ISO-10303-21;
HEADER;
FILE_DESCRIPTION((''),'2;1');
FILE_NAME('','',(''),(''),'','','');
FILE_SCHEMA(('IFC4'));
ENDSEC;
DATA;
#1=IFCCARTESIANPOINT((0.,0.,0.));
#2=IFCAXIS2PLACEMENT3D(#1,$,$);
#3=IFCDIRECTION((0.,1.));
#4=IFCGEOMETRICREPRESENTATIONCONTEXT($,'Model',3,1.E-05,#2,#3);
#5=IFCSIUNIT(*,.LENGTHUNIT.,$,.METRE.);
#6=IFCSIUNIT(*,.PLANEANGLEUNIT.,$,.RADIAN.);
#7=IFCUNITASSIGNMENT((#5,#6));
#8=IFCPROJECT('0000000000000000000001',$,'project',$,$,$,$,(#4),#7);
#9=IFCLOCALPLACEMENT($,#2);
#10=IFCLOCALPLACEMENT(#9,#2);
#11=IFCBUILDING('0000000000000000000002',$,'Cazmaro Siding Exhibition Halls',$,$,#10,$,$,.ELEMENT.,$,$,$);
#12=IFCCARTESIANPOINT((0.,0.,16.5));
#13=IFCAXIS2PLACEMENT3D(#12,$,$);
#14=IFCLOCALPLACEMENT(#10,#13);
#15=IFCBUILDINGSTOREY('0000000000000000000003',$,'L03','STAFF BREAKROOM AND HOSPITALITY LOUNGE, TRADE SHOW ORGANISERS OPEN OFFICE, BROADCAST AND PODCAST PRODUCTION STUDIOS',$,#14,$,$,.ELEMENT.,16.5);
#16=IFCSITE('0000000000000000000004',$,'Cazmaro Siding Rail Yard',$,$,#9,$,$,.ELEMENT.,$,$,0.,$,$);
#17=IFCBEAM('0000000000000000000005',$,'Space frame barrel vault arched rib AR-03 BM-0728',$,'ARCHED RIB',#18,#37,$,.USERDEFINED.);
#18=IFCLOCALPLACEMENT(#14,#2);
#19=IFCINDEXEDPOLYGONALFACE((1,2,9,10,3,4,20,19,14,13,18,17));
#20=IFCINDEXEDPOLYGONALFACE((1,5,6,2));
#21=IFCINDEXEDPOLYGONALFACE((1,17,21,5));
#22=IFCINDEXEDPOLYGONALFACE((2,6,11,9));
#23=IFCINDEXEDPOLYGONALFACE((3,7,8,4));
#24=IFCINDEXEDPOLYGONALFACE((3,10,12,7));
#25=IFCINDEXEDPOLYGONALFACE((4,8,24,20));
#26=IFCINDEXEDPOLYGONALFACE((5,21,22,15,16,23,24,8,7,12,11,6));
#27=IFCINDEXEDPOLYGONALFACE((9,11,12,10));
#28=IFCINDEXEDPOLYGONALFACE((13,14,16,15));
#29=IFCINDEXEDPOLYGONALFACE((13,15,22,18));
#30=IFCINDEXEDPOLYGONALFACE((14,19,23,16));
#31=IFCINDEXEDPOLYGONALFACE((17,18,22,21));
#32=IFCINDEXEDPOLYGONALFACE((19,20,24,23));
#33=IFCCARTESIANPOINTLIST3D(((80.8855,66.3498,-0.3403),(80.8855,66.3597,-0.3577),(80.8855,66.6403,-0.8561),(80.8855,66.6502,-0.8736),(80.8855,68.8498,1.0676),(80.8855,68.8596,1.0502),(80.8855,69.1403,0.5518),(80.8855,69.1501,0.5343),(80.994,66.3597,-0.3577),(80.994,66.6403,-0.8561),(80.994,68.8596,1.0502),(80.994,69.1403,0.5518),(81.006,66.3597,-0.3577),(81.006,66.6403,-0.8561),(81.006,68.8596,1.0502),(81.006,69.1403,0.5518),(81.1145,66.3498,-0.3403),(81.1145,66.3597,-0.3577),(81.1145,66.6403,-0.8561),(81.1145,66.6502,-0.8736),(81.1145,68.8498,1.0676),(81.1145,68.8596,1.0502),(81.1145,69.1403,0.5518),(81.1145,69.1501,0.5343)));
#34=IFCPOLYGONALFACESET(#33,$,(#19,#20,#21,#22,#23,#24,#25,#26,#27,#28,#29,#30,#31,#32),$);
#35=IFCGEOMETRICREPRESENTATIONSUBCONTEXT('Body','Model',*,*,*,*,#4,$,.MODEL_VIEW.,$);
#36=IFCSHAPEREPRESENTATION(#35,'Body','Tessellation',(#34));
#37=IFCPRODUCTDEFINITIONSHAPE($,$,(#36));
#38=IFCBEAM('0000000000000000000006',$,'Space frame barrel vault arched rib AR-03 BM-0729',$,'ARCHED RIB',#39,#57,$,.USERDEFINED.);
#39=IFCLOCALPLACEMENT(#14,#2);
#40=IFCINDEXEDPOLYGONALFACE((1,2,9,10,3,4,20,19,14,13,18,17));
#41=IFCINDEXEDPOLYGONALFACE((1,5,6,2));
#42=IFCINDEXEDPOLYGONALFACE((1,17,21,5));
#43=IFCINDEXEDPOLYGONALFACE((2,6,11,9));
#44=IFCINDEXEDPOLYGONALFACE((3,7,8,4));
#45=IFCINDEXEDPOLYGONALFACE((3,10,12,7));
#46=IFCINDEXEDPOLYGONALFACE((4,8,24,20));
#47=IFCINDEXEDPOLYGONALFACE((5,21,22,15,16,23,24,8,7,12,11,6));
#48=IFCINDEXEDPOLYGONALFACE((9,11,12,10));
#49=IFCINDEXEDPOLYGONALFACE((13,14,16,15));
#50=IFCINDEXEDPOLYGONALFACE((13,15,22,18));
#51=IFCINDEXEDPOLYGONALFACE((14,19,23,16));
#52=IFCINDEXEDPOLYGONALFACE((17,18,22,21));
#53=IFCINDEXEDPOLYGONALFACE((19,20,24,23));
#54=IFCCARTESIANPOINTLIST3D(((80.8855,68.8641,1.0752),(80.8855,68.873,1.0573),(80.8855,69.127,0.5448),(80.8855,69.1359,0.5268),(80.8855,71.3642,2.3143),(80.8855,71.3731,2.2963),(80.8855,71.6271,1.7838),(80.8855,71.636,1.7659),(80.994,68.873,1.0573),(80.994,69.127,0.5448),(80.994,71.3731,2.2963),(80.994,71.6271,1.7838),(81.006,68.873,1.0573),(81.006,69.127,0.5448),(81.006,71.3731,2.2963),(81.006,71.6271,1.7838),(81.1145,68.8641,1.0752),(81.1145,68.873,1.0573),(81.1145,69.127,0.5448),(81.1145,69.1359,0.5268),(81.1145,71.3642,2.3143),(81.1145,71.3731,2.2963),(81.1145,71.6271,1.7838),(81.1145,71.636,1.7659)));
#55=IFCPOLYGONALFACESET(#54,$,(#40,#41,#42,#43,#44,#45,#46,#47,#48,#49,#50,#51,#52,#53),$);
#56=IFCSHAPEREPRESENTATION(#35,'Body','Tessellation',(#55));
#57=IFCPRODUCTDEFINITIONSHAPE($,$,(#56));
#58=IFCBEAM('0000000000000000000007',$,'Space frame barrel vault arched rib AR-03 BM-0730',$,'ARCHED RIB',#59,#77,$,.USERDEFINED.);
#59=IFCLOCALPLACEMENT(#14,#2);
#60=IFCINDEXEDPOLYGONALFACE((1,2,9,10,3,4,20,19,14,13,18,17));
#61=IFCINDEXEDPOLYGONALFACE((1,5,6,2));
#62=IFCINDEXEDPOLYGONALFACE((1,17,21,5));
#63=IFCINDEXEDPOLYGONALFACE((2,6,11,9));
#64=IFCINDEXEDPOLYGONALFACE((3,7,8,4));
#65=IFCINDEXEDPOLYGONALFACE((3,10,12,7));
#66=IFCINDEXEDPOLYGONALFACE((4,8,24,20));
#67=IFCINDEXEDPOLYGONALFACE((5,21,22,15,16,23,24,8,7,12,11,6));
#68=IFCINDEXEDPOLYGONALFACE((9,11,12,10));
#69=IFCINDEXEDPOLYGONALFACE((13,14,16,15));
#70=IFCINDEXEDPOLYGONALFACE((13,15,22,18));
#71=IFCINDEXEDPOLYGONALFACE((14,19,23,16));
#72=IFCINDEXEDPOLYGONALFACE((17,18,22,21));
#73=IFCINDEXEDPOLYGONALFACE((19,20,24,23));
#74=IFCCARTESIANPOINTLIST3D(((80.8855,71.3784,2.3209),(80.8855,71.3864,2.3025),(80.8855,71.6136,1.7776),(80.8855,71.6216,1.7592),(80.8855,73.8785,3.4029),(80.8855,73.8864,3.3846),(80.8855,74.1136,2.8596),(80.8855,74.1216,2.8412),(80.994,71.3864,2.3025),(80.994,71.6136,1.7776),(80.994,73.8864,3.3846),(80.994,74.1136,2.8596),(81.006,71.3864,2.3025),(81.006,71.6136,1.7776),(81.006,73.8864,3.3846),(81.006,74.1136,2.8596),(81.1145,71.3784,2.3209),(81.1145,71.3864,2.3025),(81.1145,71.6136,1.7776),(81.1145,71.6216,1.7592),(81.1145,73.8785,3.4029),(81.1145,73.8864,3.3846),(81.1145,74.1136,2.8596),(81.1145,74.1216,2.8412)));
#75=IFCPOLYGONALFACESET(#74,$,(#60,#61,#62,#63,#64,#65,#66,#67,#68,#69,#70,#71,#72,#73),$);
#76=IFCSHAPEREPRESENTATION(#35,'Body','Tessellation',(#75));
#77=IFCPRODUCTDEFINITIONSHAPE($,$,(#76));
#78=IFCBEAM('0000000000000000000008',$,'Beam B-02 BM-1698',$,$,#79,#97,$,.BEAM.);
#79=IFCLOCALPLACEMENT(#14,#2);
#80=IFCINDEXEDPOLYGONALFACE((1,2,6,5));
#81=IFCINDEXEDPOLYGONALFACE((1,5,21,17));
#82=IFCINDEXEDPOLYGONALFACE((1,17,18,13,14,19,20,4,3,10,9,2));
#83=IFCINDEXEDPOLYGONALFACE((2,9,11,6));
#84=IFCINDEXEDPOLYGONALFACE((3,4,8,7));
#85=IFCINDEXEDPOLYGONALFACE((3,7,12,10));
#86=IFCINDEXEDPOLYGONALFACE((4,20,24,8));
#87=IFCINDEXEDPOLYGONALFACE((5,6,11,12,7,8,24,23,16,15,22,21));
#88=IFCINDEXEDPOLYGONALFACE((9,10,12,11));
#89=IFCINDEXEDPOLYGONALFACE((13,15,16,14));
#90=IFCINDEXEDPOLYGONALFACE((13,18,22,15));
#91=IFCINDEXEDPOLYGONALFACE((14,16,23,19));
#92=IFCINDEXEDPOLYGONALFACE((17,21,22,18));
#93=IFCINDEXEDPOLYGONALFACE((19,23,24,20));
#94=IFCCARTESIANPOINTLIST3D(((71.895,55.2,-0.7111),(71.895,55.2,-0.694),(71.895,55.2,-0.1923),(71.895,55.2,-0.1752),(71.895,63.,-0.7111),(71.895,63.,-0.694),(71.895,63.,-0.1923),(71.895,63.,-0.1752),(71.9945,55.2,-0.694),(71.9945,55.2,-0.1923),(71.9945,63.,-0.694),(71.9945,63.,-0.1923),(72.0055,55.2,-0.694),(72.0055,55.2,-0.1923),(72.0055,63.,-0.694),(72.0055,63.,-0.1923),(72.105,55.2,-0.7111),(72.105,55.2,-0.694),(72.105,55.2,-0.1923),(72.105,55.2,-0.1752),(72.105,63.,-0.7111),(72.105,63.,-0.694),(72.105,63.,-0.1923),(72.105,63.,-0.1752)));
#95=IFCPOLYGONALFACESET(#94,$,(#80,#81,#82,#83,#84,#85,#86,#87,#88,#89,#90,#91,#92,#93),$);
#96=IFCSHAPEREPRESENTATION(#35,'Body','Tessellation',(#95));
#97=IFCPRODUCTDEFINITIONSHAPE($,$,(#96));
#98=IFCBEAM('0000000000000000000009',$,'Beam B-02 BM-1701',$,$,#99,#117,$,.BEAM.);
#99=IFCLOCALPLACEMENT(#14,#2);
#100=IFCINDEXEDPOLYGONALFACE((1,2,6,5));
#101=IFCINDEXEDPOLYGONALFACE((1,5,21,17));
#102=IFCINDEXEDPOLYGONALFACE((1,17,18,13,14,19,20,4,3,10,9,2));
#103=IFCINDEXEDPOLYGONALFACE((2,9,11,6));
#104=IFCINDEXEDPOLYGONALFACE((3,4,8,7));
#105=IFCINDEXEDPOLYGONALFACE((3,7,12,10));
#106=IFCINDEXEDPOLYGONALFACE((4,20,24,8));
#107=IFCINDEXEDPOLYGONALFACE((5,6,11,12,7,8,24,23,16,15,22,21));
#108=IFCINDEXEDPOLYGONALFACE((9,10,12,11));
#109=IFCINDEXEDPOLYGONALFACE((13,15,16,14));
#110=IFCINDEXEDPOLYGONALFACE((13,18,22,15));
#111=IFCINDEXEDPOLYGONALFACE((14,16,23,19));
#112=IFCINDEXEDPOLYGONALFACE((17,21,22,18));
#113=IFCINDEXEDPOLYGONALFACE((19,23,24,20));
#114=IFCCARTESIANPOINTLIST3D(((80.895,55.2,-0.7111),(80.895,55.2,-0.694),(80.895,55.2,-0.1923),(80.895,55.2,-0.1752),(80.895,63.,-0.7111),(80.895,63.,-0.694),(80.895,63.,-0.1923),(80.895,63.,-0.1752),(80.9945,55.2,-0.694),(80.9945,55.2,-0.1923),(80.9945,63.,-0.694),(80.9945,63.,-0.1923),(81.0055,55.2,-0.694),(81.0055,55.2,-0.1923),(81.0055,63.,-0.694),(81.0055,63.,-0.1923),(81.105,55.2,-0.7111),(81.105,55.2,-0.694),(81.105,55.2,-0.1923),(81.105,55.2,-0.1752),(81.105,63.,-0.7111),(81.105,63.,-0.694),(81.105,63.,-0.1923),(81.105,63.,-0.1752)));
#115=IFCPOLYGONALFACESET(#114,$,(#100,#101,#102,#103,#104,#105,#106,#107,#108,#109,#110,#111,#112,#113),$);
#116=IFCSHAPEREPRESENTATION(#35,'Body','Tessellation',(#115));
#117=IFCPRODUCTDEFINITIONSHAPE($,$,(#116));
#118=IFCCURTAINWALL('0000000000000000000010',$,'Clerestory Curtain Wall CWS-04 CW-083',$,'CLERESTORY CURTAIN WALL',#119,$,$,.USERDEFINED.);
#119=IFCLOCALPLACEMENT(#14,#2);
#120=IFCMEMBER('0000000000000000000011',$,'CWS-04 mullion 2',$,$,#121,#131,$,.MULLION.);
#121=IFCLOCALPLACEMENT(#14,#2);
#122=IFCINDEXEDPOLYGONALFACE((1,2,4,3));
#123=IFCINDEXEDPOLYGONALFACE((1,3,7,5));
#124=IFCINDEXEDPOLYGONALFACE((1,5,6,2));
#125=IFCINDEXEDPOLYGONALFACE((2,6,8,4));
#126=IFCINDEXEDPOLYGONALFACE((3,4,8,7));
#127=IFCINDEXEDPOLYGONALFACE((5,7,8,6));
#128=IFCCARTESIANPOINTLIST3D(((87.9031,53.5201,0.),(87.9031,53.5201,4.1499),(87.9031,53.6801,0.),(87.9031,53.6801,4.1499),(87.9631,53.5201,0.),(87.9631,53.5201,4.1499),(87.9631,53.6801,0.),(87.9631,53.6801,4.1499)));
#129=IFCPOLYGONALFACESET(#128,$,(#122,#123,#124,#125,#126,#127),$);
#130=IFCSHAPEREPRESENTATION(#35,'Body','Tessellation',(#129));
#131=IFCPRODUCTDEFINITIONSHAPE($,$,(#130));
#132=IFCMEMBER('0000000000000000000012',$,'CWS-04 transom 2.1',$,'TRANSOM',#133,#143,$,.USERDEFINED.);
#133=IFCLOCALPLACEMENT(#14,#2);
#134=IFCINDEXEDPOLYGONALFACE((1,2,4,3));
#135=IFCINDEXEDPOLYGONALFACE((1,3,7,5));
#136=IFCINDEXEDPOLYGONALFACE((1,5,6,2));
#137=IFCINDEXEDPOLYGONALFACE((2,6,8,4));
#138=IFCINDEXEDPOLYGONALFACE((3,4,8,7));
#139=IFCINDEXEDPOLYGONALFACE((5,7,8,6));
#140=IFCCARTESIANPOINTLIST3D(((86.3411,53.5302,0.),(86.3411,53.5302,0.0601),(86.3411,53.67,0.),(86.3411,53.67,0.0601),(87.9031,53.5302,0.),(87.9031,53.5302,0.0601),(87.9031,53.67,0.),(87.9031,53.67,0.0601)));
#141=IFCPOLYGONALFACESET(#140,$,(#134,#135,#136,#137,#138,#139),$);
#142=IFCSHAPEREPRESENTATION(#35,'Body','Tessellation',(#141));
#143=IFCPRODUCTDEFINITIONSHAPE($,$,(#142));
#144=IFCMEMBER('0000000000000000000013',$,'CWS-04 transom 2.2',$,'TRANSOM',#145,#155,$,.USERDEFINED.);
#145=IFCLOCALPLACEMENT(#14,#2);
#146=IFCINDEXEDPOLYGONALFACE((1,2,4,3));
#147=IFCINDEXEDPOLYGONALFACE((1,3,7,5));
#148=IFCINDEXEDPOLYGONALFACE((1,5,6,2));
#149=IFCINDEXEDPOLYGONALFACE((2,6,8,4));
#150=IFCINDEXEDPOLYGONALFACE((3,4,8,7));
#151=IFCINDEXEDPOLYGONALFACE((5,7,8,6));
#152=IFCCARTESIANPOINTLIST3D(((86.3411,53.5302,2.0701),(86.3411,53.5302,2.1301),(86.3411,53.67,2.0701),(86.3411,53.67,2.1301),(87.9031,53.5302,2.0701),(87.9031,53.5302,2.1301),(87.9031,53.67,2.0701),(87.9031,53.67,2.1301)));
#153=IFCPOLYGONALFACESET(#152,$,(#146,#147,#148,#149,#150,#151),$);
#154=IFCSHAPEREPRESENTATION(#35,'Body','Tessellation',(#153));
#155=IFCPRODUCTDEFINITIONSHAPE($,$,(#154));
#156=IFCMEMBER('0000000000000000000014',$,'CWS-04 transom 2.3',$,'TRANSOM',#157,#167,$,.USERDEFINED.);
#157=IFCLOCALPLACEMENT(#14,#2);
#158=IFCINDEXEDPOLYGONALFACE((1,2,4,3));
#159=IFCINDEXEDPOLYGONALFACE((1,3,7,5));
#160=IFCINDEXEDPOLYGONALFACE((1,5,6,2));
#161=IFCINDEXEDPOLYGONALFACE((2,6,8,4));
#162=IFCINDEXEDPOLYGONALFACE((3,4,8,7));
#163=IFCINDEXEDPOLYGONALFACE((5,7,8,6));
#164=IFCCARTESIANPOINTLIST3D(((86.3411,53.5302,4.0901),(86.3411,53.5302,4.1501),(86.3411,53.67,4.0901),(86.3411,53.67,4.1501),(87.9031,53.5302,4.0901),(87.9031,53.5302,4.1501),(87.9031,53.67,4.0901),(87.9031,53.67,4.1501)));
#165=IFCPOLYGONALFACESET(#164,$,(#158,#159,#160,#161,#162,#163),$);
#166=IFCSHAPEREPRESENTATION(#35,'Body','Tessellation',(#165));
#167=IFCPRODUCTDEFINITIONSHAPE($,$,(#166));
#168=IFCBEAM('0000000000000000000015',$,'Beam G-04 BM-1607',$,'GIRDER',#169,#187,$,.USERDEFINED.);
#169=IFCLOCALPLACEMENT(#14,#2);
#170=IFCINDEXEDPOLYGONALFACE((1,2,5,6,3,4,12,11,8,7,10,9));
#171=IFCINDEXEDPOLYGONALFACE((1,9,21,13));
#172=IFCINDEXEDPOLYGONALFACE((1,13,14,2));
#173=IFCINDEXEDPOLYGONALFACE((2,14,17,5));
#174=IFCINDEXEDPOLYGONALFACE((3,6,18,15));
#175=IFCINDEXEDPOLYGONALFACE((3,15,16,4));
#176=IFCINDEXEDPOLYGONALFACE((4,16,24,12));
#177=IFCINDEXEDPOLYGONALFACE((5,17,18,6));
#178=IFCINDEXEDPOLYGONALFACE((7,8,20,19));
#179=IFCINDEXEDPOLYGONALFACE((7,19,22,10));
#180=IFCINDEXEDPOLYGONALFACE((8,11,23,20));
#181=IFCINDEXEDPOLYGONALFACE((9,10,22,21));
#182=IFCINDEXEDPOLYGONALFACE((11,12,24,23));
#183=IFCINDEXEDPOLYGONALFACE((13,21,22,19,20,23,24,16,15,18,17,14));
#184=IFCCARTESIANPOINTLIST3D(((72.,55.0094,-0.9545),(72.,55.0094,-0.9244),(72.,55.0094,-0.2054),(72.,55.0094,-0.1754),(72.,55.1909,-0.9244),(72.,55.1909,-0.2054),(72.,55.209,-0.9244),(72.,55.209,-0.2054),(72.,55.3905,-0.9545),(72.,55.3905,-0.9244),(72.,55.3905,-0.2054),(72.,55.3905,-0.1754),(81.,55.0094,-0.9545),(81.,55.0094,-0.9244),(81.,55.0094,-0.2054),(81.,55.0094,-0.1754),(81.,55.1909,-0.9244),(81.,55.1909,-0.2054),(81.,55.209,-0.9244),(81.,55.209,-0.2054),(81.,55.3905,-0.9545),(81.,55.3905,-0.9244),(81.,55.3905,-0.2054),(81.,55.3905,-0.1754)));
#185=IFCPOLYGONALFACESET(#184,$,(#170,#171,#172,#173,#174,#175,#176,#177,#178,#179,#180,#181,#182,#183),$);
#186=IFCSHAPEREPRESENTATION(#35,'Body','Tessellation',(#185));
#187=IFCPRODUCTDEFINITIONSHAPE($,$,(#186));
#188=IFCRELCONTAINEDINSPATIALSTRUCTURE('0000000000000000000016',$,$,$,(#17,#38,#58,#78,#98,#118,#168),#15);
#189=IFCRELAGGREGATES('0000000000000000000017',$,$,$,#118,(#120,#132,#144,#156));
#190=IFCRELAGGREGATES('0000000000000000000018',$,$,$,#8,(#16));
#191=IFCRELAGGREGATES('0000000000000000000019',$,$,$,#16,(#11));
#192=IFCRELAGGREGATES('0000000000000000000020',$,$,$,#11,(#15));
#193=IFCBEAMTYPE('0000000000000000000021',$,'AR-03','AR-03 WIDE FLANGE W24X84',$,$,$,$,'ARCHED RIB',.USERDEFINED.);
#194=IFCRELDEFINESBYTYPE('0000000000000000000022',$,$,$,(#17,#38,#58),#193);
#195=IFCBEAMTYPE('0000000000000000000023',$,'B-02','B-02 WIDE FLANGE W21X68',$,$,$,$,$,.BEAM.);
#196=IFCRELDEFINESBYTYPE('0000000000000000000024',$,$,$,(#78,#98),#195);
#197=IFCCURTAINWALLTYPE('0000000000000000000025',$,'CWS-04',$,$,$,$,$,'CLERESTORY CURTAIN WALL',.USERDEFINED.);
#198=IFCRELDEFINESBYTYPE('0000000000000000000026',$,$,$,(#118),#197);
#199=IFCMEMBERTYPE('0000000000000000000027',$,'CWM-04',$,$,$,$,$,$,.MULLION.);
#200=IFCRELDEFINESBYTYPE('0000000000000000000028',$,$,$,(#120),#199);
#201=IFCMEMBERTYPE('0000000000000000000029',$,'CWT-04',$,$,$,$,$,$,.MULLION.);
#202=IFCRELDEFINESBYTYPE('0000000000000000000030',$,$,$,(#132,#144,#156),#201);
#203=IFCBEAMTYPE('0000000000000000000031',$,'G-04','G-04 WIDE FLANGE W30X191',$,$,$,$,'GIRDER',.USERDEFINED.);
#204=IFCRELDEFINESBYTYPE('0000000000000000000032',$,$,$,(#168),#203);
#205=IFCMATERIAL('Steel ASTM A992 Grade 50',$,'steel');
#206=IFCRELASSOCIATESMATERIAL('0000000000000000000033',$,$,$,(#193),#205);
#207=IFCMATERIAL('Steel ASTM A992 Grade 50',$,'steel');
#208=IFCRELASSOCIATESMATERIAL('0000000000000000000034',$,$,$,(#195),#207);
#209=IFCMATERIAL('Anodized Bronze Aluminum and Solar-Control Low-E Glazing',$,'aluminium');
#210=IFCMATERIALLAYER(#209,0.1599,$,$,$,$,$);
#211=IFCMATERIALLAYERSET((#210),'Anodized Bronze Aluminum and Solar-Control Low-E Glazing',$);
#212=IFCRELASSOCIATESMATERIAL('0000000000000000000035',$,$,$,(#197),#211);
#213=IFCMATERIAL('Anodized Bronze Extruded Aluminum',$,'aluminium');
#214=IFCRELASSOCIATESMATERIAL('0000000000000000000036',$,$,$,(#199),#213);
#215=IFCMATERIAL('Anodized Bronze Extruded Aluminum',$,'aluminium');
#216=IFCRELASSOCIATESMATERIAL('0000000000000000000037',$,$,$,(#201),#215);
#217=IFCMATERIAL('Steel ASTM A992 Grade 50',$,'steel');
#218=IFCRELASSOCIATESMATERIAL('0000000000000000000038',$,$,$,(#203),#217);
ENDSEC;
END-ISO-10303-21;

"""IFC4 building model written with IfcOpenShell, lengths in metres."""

from ifc_helpers import new_model, si_unit, direction, frame, origin, origin_2d, place, context, subcontext, project, spatial, rectangle, i_section, extrude, material, layer, layer_set, material_profile, profile_set, type_object, element, aggregate, save


model = new_model("IFC4")

# Units and contexts
model_context = context("Model", 3, precision=1e-05, world=origin(), true_north=direction((0.0, 1.0)))
body_context = subcontext(model_context, "Body", "Model", "MODEL_VIEW")
ifc_project = project(units=[si_unit("LENGTHUNIT", "METRE"), si_unit("PLANEANGLEUNIT", "RADIAN")], contexts=[model_context])

# Site, building, storey
site_placement = place(None, origin())
site = spatial("IfcSite", under=ifc_project, at=site_placement, Name="Cazmaro Siding Rail Yard", CompositionType="ELEMENT", RefElevation=0.0)
building_placement = place(site_placement, origin())
building = spatial("IfcBuilding", under=site, at=building_placement, Name="Cazmaro Siding Exhibition Halls", CompositionType="ELEMENT")
storey_placement = place(building_placement, frame((0.0, 0.0, 16.5)))
storey = spatial("IfcBuildingStorey", under=building, at=storey_placement, Name="L03", Description="STAFF BREAKROOM AND HOSPITALITY LOUNGE, TRADE SHOW ORGANISERS OPEN OFFICE, BROADCAST AND PODCAST PRODUCTION STUDIOS", CompositionType="ELEMENT", Elevation=16.5)

# Beams
ifc_material_1 = material(Name="Steel ASTM A992 Grade 50", Category="steel")
ifc_material_profile_1 = material_profile(ifc_material_1, i_section(OverallWidth=0.229, OverallDepth=0.6121, WebThickness=0.012, FlangeThickness=0.02, at=origin_2d()), Name="W24X84")
ifc_profile_set_1 = profile_set([ifc_material_profile_1], Name="Steel ASTM A992 Grade 50")
beam_type_1 = type_object("IfcBeamType", Name="AR-03", Description="AR-03 WIDE FLANGE W24X84", ElementType="ARCHED RIB", PredefinedType="USERDEFINED", material=ifc_profile_set_1)
beam_1_placement = place(storey_placement, frame((81.0, 66.5, -0.6069), z_axis=(0.0, 0.871321, 0.490714), x_axis=(-1.0, 0.0, 0.0)))
element("IfcBeam", 1, at=beam_1_placement, inside=storey, type_object=beam_type_1, Name="Space frame barrel vault arched rib AR-03 BM-0728", ObjectType="ARCHED RIB", PredefinedType="USERDEFINED", context=body_context, shape_type="SweptSolid", body=[
    extrude(i_section(OverallWidth=0.229, OverallDepth=0.6121, WebThickness=0.012, FlangeThickness=0.02, at=origin_2d()), origin(), (0.0, 0.0, 1.0), 2.8691),
])
beam_2_placement = place(storey_placement, frame((81.0, 69.0, 0.801), z_axis=(0.0, 0.895997, 0.444061), x_axis=(-1.0, 0.0, 0.0)))
element("IfcBeam", 2, at=beam_2_placement, inside=storey, type_object=beam_type_1, Name="Space frame barrel vault arched rib AR-03 BM-0729", ObjectType="ARCHED RIB", PredefinedType="USERDEFINED", context=body_context, shape_type="SweptSolid", body=[
    extrude(i_section(OverallWidth=0.229, OverallDepth=0.6121, WebThickness=0.012, FlangeThickness=0.02, at=origin_2d()), origin(), (0.0, 0.0, 1.0), 2.7903),
])
beam_3_placement = place(storey_placement, frame((81.0, 71.5, 2.04), z_axis=(0.0, 0.91773, 0.397205), x_axis=(-1.0, 0.0, 0.0)))
element("IfcBeam", 3, at=beam_3_placement, inside=storey, type_object=beam_type_1, Name="Space frame barrel vault arched rib AR-03 BM-0730", ObjectType="ARCHED RIB", PredefinedType="USERDEFINED", context=body_context, shape_type="SweptSolid", body=[
    extrude(i_section(OverallWidth=0.229, OverallDepth=0.6121, WebThickness=0.012, FlangeThickness=0.02, at=origin_2d()), origin(), (0.0, 0.0, 1.0), 2.7241),
])
ifc_material_2 = material(Name="Steel ASTM A992 Grade 50", Category="steel")
ifc_material_profile_2 = material_profile(ifc_material_2, i_section(OverallWidth=0.21, OverallDepth=0.5359, WebThickness=0.011, FlangeThickness=0.0171, at=origin_2d()), Name="W21X68")
ifc_profile_set_2 = profile_set([ifc_material_profile_2], Name="Steel ASTM A992 Grade 50")
beam_type_2 = type_object("IfcBeamType", Name="B-02", Description="B-02 WIDE FLANGE W21X68", PredefinedType="BEAM", material=ifc_profile_set_2)
for number, where, z_axis, x_axis, name in (
    (4, (72.0, 55.2, -0.4431), (0.0, 1.0, 0.0), (-1.0, 0.0, 0.0), "Beam B-02 BM-1698"),
    (5, (81.0, 55.2, -0.4431), (0.0, 1.0, 0.0), (-1.0, 0.0, 0.0), "Beam B-02 BM-1701"),
):
    element("IfcBeam", number, at=place(storey_placement, frame(where, z_axis=z_axis, x_axis=x_axis)), inside=storey, type_object=beam_type_2, Name=name, PredefinedType="BEAM", context=body_context, shape_type="SweptSolid", body=[
        extrude(i_section(OverallWidth=0.21, OverallDepth=0.5359, WebThickness=0.011, FlangeThickness=0.0171, at=origin_2d()), origin(), (0.0, 0.0, 1.0), 7.8),
    ])

# Curtain wall, members
ifc_material_3 = material(Name="Anodized Bronze Aluminum and Solar-Control Low-E Glazing", Category="aluminium")
ifc_layer = layer(ifc_material_3, 0.1599)
ifc_layer_set = layer_set([ifc_layer], Name="Anodized Bronze Aluminum and Solar-Control Low-E Glazing")
curtain_wall_type = type_object("IfcCurtainWallType", Name="CWS-04", ElementType="CLERESTORY CURTAIN WALL", PredefinedType="USERDEFINED", material=ifc_layer_set)
curtain_wall_placement = place(storey_placement, origin())
curtain_wall = element("IfcCurtainWall", 6, at=curtain_wall_placement, inside=storey, type_object=curtain_wall_type, Name="Clerestory Curtain Wall CWS-04 CW-083", ObjectType="CLERESTORY CURTAIN WALL", PredefinedType="USERDEFINED")
ifc_material_4 = material(Name="Anodized Bronze Extruded Aluminum", Category="aluminium")
ifc_material_profile_3 = material_profile(ifc_material_4, rectangle(XDim=0.1599, YDim=0.0601, at=origin_2d()), Name="CWM-04")
ifc_profile_set_3 = profile_set([ifc_material_profile_3], Name="Anodized Bronze Extruded Aluminum")
member_type_1 = type_object("IfcMemberType", Name="CWM-04", PredefinedType="MULLION", material=ifc_profile_set_3)
member_1_placement = place(storey_placement, frame((87.9331, 53.6001, 0.0), z_axis=(0.0, 0.0, 1.0), x_axis=(0.0, -1.0, 0.0)))
member_1 = element("IfcMember", 7, at=member_1_placement, type_object=member_type_1, Name="CWS-04 mullion 2", PredefinedType="MULLION", context=body_context, shape_type="SweptSolid", body=[
    extrude(rectangle(XDim=0.1599, YDim=0.0601, at=origin_2d()), origin(), (0.0, 0.0, 1.0), 4.1499),
])
ifc_material_5 = material(Name="Anodized Bronze Extruded Aluminum", Category="aluminium")
ifc_material_profile_4 = material_profile(ifc_material_5, rectangle(XDim=0.1399, YDim=0.0601, at=origin_2d()), Name="CWT-04")
ifc_profile_set_4 = profile_set([ifc_material_profile_4], Name="Anodized Bronze Extruded Aluminum")
member_type_2 = type_object("IfcMemberType", Name="CWT-04", PredefinedType="MULLION", material=ifc_profile_set_4)
member_2_placement = place(storey_placement, frame((87.9031, 53.6001, 0.03), z_axis=(-1.0, 0.0, 0.0), x_axis=(0.0, -1.0, 0.0)))
member_2 = element("IfcMember", 8, at=member_2_placement, type_object=member_type_2, Name="CWS-04 transom 2.1", ObjectType="TRANSOM", PredefinedType="USERDEFINED", context=body_context, shape_type="SweptSolid", body=[
    extrude(rectangle(XDim=0.1399, YDim=0.0601, at=origin_2d()), origin(), (0.0, 0.0, 1.0), 1.562),
])
member_3_placement = place(storey_placement, frame((87.9031, 53.6001, 2.1001), z_axis=(-1.0, 0.0, 0.0), x_axis=(0.0, -1.0, 0.0)))
member_3 = element("IfcMember", 9, at=member_3_placement, type_object=member_type_2, Name="CWS-04 transom 2.2", ObjectType="TRANSOM", PredefinedType="USERDEFINED", context=body_context, shape_type="SweptSolid", body=[
    extrude(rectangle(XDim=0.1399, YDim=0.0601, at=origin_2d()), origin(), (0.0, 0.0, 1.0), 1.562),
])
member_4_placement = place(storey_placement, frame((87.9031, 53.6001, 4.1201), z_axis=(-1.0, 0.0, 0.0), x_axis=(0.0, -1.0, 0.0)))
member_4 = element("IfcMember", 10, at=member_4_placement, type_object=member_type_2, Name="CWS-04 transom 2.3", ObjectType="TRANSOM", PredefinedType="USERDEFINED", context=body_context, shape_type="SweptSolid", body=[
    extrude(rectangle(XDim=0.1399, YDim=0.0601, at=origin_2d()), origin(), (0.0, 0.0, 1.0), 1.562),
])
aggregate(curtain_wall, [member_1, member_2, member_3, member_4])

# Beam
ifc_material_6 = material(Name="Steel ASTM A992 Grade 50", Category="steel")
ifc_material_profile_5 = material_profile(ifc_material_6, i_section(OverallWidth=0.3811, OverallDepth=0.7791, WebThickness=0.0181, FlangeThickness=0.03, at=origin_2d()), Name="W30X191")
ifc_profile_set_5 = profile_set([ifc_material_profile_5], Name="Steel ASTM A992 Grade 50")
beam_type_3 = type_object("IfcBeamType", Name="G-04", Description="G-04 WIDE FLANGE W30X191", ElementType="GIRDER", PredefinedType="USERDEFINED", material=ifc_profile_set_5)
for number, where, z_axis, x_axis, name in (
    (11, (72.0, 55.2, -0.5649), (1.0, 0.0, 0.0), (0.0, 1.0, 0.0), "Beam G-04 BM-1607"),
):
    element("IfcBeam", number, at=place(storey_placement, frame(where, z_axis=z_axis, x_axis=x_axis)), inside=storey, type_object=beam_type_3, Name=name, ObjectType="GIRDER", PredefinedType="USERDEFINED", context=body_context, shape_type="SweptSolid", body=[
        extrude(i_section(OverallWidth=0.3811, OverallDepth=0.7791, WebThickness=0.0181, FlangeThickness=0.03, at=origin_2d()), origin(), (0.0, 0.0, 1.0), 9.0),
    ])

save(model, "model.ifc")
